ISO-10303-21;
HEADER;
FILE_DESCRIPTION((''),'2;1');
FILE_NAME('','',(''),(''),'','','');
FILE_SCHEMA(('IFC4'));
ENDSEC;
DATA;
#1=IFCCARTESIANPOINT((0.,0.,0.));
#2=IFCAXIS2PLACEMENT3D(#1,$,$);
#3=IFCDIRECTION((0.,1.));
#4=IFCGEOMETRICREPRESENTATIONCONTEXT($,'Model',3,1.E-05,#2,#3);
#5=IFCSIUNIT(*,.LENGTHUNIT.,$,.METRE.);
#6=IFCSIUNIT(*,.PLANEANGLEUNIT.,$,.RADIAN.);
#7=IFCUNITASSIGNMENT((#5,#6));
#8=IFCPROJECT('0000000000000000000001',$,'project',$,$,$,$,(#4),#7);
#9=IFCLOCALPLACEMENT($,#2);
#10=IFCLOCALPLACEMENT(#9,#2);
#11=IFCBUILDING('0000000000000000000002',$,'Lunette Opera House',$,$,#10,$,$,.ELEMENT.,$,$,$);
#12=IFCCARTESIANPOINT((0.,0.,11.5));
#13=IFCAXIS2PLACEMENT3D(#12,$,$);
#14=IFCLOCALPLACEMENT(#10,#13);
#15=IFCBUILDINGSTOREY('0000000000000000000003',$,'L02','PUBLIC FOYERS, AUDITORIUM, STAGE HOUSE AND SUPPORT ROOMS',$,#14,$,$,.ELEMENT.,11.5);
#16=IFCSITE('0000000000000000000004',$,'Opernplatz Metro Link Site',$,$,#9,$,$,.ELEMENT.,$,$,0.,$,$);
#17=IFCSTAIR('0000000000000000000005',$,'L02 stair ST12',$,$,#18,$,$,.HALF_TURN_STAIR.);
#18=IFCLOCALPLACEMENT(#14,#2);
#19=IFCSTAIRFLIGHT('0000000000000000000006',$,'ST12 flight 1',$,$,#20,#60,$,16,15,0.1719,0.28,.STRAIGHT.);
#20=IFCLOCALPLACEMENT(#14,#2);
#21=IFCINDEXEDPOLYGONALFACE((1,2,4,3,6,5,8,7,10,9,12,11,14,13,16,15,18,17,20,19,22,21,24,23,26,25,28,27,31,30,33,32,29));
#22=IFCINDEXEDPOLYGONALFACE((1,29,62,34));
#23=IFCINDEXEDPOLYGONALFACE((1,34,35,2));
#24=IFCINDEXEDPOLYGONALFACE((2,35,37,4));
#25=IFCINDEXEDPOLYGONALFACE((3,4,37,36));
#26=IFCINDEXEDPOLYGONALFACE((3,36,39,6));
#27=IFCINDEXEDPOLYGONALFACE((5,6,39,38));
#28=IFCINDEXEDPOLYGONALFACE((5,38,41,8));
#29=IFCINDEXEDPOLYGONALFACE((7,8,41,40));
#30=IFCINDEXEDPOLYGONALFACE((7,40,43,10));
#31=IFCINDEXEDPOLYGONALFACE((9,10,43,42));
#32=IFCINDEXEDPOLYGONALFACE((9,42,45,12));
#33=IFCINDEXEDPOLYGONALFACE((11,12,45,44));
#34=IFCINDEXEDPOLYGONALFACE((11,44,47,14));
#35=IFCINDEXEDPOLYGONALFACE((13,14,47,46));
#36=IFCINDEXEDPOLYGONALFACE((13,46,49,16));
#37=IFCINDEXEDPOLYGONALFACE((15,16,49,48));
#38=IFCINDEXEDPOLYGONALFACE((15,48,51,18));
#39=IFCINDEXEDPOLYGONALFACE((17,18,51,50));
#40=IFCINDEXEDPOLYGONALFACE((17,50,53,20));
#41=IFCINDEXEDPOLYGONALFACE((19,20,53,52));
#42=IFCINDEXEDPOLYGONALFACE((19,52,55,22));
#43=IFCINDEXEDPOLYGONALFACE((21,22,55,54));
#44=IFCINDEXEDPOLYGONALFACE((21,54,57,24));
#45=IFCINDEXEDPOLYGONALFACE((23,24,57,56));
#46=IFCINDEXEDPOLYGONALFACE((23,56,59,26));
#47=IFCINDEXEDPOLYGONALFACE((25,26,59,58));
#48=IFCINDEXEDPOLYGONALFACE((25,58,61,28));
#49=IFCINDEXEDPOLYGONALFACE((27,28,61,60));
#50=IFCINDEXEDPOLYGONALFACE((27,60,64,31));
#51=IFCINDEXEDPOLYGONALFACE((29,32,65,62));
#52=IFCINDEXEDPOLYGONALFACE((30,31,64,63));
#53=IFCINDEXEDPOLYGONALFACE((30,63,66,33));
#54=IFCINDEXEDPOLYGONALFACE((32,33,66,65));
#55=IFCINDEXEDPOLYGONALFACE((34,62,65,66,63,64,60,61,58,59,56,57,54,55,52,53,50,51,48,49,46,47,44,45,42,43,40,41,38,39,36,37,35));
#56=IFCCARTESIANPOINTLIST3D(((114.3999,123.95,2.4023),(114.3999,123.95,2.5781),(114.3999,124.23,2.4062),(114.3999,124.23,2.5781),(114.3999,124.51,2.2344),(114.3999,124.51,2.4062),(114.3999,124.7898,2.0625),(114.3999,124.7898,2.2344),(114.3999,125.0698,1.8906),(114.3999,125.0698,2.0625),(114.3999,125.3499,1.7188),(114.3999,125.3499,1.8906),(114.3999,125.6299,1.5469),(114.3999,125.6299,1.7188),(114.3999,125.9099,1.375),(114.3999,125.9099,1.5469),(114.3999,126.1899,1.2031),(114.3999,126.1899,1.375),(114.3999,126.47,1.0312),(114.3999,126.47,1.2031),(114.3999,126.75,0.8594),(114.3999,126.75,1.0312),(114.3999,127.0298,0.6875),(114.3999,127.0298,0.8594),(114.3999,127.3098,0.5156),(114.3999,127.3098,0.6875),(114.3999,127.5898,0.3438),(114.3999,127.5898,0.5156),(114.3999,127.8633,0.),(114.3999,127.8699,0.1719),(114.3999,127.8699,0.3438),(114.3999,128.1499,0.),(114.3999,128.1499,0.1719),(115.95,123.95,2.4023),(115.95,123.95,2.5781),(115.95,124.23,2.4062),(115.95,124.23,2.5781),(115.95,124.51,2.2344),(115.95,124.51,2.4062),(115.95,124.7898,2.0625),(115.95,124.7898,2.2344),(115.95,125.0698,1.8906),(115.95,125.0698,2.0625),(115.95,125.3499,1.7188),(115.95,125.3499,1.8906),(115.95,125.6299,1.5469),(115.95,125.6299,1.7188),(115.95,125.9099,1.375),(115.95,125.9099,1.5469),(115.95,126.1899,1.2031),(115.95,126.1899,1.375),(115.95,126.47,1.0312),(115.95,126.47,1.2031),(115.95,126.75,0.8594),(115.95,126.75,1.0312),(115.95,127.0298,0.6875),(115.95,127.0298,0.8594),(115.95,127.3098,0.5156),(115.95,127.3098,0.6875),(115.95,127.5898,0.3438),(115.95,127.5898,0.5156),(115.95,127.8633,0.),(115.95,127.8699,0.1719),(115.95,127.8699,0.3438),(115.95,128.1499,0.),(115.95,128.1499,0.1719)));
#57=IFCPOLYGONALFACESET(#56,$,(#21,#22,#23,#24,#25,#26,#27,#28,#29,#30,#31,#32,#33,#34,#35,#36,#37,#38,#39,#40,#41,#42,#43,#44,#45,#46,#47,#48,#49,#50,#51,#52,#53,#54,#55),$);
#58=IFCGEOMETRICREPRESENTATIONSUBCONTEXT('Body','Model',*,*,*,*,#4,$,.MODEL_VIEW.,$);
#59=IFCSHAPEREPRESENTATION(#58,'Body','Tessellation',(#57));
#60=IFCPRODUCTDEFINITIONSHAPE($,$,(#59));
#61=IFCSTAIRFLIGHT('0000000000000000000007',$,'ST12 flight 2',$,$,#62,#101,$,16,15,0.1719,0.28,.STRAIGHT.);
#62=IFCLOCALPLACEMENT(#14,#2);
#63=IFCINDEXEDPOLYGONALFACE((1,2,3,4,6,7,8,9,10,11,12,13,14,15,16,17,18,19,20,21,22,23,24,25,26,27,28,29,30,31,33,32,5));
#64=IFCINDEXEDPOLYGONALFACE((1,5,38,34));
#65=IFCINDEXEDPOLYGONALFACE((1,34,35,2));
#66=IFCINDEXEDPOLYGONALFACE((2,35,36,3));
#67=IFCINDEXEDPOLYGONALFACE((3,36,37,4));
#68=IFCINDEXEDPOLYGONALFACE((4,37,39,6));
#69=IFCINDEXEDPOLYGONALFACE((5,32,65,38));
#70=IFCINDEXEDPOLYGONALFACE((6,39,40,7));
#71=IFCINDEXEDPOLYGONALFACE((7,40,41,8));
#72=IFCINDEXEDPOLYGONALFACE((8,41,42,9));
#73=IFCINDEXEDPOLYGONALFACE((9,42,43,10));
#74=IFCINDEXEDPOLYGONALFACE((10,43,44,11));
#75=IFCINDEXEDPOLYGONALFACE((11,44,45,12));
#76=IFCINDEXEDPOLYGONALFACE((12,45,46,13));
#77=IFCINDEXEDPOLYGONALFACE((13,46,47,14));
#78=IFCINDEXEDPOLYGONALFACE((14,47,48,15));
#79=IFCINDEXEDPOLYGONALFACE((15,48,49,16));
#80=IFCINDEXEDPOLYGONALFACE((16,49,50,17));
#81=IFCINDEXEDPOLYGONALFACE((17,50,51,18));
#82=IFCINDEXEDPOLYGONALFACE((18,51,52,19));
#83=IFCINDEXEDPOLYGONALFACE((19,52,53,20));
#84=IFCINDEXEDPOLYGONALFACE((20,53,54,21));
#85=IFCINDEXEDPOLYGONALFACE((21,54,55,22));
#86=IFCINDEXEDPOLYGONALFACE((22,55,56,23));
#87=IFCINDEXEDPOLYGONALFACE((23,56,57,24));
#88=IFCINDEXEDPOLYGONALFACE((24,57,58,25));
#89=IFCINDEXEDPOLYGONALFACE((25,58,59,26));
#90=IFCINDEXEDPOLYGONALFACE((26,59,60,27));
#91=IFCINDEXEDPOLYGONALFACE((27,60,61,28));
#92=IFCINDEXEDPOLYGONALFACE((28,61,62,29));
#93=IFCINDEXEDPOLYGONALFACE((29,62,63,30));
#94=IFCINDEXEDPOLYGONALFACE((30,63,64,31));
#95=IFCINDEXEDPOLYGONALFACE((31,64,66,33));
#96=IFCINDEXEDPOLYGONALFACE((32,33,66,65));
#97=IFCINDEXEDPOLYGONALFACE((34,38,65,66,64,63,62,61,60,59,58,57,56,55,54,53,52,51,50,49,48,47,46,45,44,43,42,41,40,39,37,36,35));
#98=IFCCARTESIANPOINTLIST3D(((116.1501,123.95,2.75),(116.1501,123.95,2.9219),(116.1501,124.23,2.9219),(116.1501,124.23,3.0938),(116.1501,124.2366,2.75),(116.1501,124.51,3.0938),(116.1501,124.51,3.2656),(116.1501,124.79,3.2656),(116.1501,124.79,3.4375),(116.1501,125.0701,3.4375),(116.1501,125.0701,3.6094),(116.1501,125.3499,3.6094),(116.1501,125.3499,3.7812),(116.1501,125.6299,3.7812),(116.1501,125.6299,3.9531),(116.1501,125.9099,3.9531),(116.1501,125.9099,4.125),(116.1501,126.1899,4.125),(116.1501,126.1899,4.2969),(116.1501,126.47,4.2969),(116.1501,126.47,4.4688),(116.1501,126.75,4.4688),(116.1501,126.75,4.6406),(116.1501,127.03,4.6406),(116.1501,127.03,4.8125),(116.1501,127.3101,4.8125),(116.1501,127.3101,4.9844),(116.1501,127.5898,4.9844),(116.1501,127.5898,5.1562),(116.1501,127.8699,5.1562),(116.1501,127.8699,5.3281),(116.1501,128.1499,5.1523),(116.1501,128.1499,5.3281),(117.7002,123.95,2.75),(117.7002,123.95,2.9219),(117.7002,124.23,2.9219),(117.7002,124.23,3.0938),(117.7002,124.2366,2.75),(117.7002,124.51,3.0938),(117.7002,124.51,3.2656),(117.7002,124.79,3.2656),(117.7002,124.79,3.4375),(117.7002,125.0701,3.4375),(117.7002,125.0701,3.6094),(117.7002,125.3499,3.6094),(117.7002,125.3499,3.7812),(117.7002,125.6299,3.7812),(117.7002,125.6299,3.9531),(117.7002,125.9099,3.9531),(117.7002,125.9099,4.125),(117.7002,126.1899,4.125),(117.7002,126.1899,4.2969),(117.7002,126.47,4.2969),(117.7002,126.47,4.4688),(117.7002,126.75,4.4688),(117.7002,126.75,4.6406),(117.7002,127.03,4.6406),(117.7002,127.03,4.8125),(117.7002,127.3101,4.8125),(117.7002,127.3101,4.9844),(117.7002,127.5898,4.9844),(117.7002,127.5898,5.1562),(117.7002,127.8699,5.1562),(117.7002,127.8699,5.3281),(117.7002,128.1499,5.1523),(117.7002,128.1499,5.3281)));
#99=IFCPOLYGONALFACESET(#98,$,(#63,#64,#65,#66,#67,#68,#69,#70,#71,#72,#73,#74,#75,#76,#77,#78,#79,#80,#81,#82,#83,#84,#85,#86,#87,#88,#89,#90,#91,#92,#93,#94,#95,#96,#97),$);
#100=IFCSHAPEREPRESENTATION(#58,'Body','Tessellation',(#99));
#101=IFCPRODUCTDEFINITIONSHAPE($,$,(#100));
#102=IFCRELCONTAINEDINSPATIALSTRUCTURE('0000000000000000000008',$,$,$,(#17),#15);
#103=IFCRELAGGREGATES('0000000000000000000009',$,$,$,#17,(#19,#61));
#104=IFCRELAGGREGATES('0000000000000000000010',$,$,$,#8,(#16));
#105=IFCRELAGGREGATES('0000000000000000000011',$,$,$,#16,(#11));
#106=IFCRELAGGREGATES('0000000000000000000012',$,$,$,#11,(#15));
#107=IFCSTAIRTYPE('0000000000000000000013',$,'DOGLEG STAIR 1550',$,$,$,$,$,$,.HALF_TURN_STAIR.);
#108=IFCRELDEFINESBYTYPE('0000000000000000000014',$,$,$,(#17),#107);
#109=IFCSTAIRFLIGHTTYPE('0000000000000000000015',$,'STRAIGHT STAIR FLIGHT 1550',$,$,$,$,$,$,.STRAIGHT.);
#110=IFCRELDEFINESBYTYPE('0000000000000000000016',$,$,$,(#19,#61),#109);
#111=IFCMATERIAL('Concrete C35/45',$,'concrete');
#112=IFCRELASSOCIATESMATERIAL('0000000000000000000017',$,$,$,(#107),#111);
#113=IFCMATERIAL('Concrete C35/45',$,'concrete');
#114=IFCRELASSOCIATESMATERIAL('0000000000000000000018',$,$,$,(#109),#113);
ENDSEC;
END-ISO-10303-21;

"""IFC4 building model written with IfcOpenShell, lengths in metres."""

from ifc_helpers import new_model, si_unit, direction, frame, origin, place, context, subcontext, project, spatial, polyline, outline, extrude, material, type_object, element, aggregate, save


model = new_model("IFC4")

# Units and contexts
model_context = context("Model", 3, precision=1e-05, world=origin(), true_north=direction((0.0, 1.0)))
body_context = subcontext(model_context, "Body", "Model", "MODEL_VIEW")
ifc_project = project(units=[si_unit("LENGTHUNIT", "METRE"), si_unit("PLANEANGLEUNIT", "RADIAN")], contexts=[model_context])

# Site, building, storey
site_placement = place(None, origin())
site = spatial("IfcSite", under=ifc_project, at=site_placement, Name="Opernplatz Metro Link Site", CompositionType="ELEMENT", RefElevation=0.0)
building_placement = place(site_placement, origin())
building = spatial("IfcBuilding", under=site, at=building_placement, Name="Lunette Opera House", CompositionType="ELEMENT")
storey_placement = place(building_placement, frame((0.0, 0.0, 11.5)))
storey = spatial("IfcBuildingStorey", under=building, at=storey_placement, Name="L02", Description="PUBLIC FOYERS, AUDITORIUM, STAGE HOUSE AND SUPPORT ROOMS", CompositionType="ELEMENT", Elevation=11.5)

# Stair, stair flights
ifc_material_1 = material(Name="Concrete C35/45", Category="concrete")
stair_type = type_object("IfcStairType", Name="DOGLEG STAIR 1550", PredefinedType="HALF_TURN_STAIR", material=ifc_material_1)
stair_placement = place(storey_placement, origin())
stair = element("IfcStair", 1, at=stair_placement, inside=storey, type_object=stair_type, Name="L02 stair ST12", PredefinedType="HALF_TURN_STAIR")
ifc_material_2 = material(Name="Concrete C35/45", Category="concrete")
stair_flight_type = type_object("IfcStairFlightType", Name="STRAIGHT STAIR FLIGHT 1550", PredefinedType="STRAIGHT", material=ifc_material_2)
stair_flight_1_placement = place(storey_placement, frame((115.175, 128.1499, 0.0), z_axis=(0.0, 0.0, 1.0), x_axis=(0.0, -1.0, 0.0)))
stair_flight_1 = element("IfcStairFlight", 2, at=stair_flight_1_placement, type_object=stair_flight_type, Name="ST12 flight 1", NumberOfRisers=16, NumberOfTreads=15, PredefinedType="STRAIGHT", RiserHeight=0.1719, TreadLength=0.28, context=body_context, shape_type="SweptSolid", body=[
    extrude(outline(polyline([(0.0, 0.0), (0.0, 0.1719), (0.28, 0.1719), (0.28, 0.3438), (0.5601, 0.3438), (0.5601, 0.5156), (0.8401, 0.5156), (0.8401, 0.6875), (1.1201, 0.6875), (1.1201, 0.8594), (1.3999, 0.8594), (1.3999, 1.0312), (1.6799, 1.0312), (1.6799, 1.2031), (1.96, 1.2031), (1.96, 1.375), (2.24, 1.375), (2.24, 1.5469), (2.52, 1.5469), (2.52, 1.7188), (2.8, 1.7188), (2.8, 1.8906), (3.0801, 1.8906), (3.0801, 2.0625), (3.3601, 2.0625), (3.3601, 2.2344), (3.6399, 2.2344), (3.6399, 2.4062), (3.9199, 2.4062), (3.9199, 2.5781), (4.2, 2.5781), (4.2, 2.75), (4.2, 2.4023), (0.2866, 0.0), (0.0, 0.0)])), frame((0.0, 0.7749, 0.0), z_axis=(0.0, -1.0, 0.0), x_axis=(1.0, 0.0, 0.0)), (0.0, 0.0, 1.0), 1.55),
])
stair_flight_2_placement = place(storey_placement, frame((116.925, 123.95, 2.75), z_axis=(0.0, 0.0, 1.0), x_axis=(0.0, 1.0, 0.0)))
stair_flight_2 = element("IfcStairFlight", 3, at=stair_flight_2_placement, type_object=stair_flight_type, Name="ST12 flight 2", NumberOfRisers=16, NumberOfTreads=15, PredefinedType="STRAIGHT", RiserHeight=0.1719, TreadLength=0.28, context=body_context, shape_type="SweptSolid", body=[
    extrude(outline(polyline([(0.0, 0.0), (0.0, 0.1719), (0.28, 0.1719), (0.28, 0.3438), (0.5601, 0.3438), (0.5601, 0.5156), (0.8401, 0.5156), (0.8401, 0.6875), (1.1201, 0.6875), (1.1201, 0.8594), (1.3999, 0.8594), (1.3999, 1.0312), (1.6799, 1.0312), (1.6799, 1.2031), (1.96, 1.2031), (1.96, 1.375), (2.24, 1.375), (2.24, 1.5469), (2.52, 1.5469), (2.52, 1.7188), (2.8, 1.7188), (2.8, 1.8906), (3.0801, 1.8906), (3.0801, 2.0625), (3.3601, 2.0625), (3.3601, 2.2344), (3.6399, 2.2344), (3.6399, 2.4062), (3.9199, 2.4062), (3.9199, 2.5781), (4.2, 2.5781), (4.2, 2.75), (4.2, 2.4023), (0.2866, 0.0), (0.0, 0.0)])), frame((0.0, 0.7749, 0.0), z_axis=(0.0, -1.0, 0.0), x_axis=(1.0, 0.0, 0.0)), (0.0, 0.0, 1.0), 1.55),
])
aggregate(stair, [stair_flight_1, stair_flight_2])

save(model, "model.ifc")
